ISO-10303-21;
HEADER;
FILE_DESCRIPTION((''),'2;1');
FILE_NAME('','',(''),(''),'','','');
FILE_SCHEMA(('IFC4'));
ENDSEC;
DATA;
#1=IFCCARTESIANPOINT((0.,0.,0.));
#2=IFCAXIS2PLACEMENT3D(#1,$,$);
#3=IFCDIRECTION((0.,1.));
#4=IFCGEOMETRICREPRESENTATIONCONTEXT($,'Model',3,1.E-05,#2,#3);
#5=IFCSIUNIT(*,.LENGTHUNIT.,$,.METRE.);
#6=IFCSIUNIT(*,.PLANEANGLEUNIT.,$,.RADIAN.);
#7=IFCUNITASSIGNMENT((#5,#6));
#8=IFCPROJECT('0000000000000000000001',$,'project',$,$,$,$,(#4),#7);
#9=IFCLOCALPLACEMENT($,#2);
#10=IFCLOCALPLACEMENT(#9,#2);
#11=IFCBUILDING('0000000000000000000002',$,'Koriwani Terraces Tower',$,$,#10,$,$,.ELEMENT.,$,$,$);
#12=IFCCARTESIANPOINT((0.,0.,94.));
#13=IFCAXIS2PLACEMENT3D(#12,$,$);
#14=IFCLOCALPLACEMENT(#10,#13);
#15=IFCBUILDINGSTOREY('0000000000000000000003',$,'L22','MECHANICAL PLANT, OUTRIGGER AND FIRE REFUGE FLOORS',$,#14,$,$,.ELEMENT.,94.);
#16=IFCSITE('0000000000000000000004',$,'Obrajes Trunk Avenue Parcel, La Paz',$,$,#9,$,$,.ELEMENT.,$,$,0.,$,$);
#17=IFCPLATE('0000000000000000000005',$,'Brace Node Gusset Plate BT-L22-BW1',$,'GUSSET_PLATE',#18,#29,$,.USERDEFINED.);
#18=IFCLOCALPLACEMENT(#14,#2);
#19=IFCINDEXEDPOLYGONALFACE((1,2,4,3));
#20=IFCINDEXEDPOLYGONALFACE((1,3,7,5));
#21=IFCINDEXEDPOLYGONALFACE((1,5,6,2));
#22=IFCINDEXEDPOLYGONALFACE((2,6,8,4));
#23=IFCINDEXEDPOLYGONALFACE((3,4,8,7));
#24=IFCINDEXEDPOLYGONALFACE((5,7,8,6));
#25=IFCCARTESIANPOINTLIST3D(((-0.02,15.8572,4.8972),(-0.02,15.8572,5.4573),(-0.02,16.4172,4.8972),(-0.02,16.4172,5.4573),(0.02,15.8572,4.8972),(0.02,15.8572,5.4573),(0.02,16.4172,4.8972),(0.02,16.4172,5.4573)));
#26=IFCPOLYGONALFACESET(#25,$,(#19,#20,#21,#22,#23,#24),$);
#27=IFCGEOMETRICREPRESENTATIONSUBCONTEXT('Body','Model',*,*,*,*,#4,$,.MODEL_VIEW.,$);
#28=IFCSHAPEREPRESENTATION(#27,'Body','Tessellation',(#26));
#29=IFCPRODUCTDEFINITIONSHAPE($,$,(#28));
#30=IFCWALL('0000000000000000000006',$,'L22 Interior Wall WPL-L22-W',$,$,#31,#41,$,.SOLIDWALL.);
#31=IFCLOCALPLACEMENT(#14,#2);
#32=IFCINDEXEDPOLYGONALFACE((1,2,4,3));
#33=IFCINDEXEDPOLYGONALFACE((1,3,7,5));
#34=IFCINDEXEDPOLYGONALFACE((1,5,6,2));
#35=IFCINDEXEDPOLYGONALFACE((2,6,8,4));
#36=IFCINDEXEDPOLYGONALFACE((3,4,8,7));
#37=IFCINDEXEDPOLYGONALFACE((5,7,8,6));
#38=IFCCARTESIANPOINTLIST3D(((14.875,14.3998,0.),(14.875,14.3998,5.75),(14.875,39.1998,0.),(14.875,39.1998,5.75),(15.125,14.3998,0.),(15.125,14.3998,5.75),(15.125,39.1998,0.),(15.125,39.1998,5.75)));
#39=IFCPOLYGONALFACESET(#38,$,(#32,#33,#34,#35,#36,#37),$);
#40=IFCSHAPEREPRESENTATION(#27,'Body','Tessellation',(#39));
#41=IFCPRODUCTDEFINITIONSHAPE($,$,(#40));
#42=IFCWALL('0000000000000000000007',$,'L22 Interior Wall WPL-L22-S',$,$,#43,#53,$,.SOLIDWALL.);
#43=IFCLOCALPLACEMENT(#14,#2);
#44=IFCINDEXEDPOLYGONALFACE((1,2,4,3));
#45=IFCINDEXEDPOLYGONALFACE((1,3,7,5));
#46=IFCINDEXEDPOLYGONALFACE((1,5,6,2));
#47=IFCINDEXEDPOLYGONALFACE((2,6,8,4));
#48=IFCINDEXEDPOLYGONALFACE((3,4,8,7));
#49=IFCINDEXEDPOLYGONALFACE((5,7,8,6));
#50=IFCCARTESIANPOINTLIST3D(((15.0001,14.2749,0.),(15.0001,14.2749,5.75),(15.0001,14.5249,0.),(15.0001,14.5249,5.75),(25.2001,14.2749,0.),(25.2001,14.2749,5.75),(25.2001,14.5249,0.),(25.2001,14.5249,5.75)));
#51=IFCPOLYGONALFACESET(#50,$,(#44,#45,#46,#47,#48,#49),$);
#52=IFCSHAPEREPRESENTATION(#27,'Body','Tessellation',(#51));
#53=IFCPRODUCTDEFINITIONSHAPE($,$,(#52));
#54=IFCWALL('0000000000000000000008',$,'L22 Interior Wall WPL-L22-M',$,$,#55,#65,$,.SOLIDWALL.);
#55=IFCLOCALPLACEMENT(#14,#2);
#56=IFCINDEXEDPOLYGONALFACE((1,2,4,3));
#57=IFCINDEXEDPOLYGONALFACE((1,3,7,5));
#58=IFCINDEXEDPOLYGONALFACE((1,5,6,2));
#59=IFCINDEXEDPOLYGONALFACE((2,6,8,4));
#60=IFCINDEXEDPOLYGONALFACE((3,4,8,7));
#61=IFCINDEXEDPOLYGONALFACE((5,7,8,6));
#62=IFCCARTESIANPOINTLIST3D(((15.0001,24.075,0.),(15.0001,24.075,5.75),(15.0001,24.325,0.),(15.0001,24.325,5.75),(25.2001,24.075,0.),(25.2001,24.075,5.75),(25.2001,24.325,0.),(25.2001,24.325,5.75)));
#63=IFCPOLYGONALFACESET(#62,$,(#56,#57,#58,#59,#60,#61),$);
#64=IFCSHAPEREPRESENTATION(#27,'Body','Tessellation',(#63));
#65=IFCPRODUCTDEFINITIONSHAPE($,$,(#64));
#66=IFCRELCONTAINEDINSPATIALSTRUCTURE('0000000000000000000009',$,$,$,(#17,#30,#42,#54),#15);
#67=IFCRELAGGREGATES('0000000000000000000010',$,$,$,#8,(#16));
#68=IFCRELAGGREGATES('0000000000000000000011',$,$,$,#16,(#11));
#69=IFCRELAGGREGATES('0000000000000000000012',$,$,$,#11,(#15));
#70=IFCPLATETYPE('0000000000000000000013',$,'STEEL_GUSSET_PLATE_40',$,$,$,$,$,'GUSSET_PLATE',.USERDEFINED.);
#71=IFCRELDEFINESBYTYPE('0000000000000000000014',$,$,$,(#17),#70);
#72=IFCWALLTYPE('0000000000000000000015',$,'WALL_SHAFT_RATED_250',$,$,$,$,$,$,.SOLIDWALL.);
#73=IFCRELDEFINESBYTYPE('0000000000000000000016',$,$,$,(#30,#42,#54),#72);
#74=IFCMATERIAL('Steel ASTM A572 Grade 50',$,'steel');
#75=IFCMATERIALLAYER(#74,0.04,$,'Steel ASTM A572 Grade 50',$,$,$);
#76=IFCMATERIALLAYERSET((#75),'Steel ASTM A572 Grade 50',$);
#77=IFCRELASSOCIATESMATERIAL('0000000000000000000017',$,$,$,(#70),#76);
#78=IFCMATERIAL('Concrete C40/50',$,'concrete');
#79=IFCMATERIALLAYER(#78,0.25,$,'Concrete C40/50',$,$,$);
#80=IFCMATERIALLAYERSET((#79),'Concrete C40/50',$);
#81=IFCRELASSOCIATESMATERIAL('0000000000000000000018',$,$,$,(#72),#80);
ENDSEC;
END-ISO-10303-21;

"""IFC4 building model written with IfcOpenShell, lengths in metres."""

from ifc_helpers import new_model, si_unit, direction, frame, frame_2d, origin, origin_2d, place, context, subcontext, project, spatial, rectangle, extrude, material, layer, layer_set, type_object, element, save


model = new_model("IFC4")

# Units and contexts
model_context = context("Model", 3, precision=1e-05, world=origin(), true_north=direction((0.0, 1.0)))
body_context = subcontext(model_context, "Body", "Model", "MODEL_VIEW")
ifc_project = project(units=[si_unit("LENGTHUNIT", "METRE"), si_unit("PLANEANGLEUNIT", "RADIAN")], contexts=[model_context])

# Site, building, storey
site_placement = place(None, origin())
site = spatial("IfcSite", under=ifc_project, at=site_placement, Name="Obrajes Trunk Avenue Parcel, La Paz", CompositionType="ELEMENT", RefElevation=0.0)
building_placement = place(site_placement, origin())
building = spatial("IfcBuilding", under=site, at=building_placement, Name="Koriwani Terraces Tower", CompositionType="ELEMENT")
storey_placement = place(building_placement, frame((0.0, 0.0, 94.0)))
storey = spatial("IfcBuildingStorey", under=building, at=storey_placement, Name="L22", Description="MECHANICAL PLANT, OUTRIGGER AND FIRE REFUGE FLOORS", CompositionType="ELEMENT", Elevation=94.0)

# Shared definitions
ifc_material_1 = material(Name="Steel ASTM A572 Grade 50", Category="steel")

# Plate
ifc_layer_1 = layer(ifc_material_1, 0.04, Name="Steel ASTM A572 Grade 50")
ifc_layer_set_1 = layer_set([ifc_layer_1], Name="Steel ASTM A572 Grade 50")
plate_type_1 = type_object("IfcPlateType", Name="STEEL_GUSSET_PLATE_40", ElementType="GUSSET_PLATE", PredefinedType="USERDEFINED", material=ifc_layer_set_1)
plate_1_placement = place(storey_placement, frame((0.0, 16.1372, 4.8972), z_axis=(0.0, 0.0, 1.0), x_axis=(0.0, 1.0, 0.0)))
element("IfcPlate", 1, at=plate_1_placement, inside=storey, type_object=plate_type_1, Name="Brace Node Gusset Plate BT-L22-BW1", ObjectType="GUSSET_PLATE", PredefinedType="USERDEFINED", context=body_context, shape_type="SweptSolid", body=[
    extrude(rectangle(XDim=0.5601, YDim=0.04, at=origin_2d()), origin(), (0.0, 0.0, 1.0), 0.5601),
])

# Walls
ifc_material_2 = material(Name="Concrete C40/50", Category="concrete")
ifc_layer_2 = layer(ifc_material_2, 0.25, Name="Concrete C40/50")
ifc_layer_set_2 = layer_set([ifc_layer_2], Name="Concrete C40/50")
wall_type = type_object("IfcWallType", Name="WALL_SHAFT_RATED_250", PredefinedType="SOLIDWALL", material=ifc_layer_set_2)
wall_placement = place(storey_placement, frame((15.0, 14.3999, 0.0), z_axis=(0.0, 0.0, 1.0), x_axis=(0.0, 1.0, 0.0)))
element("IfcWall", 2, at=wall_placement, inside=storey, type_object=wall_type, Name="L22 Interior Wall WPL-L22-W", PredefinedType="SOLIDWALL", context=body_context, shape_type="SweptSolid", body=[
    extrude(rectangle(XDim=24.8, YDim=0.25, at=frame_2d((12.3999, 0.0))), origin(), (0.0, 0.0, 1.0), 5.75),
])
for number, where, z_axis, x_axis, name in (
    (3, (15.0, 14.3999, 0.0), (0.0, 0.0, 1.0), (1.0, 0.0, 0.0), "L22 Interior Wall WPL-L22-S"),
    (4, (15.0, 24.2, 0.0), (0.0, 0.0, 1.0), (1.0, 0.0, 0.0), "L22 Interior Wall WPL-L22-M"),
):
    element("IfcWall", number, at=place(storey_placement, frame(where, z_axis=z_axis, x_axis=x_axis)), inside=storey, type_object=wall_type, Name=name, PredefinedType="SOLIDWALL", context=body_context, shape_type="SweptSolid", body=[
        extrude(rectangle(XDim=10.2, YDim=0.25, at=frame_2d((5.1001, 0.0))), origin(), (0.0, 0.0, 1.0), 5.75),
    ])

save(model, "model.ifc")
